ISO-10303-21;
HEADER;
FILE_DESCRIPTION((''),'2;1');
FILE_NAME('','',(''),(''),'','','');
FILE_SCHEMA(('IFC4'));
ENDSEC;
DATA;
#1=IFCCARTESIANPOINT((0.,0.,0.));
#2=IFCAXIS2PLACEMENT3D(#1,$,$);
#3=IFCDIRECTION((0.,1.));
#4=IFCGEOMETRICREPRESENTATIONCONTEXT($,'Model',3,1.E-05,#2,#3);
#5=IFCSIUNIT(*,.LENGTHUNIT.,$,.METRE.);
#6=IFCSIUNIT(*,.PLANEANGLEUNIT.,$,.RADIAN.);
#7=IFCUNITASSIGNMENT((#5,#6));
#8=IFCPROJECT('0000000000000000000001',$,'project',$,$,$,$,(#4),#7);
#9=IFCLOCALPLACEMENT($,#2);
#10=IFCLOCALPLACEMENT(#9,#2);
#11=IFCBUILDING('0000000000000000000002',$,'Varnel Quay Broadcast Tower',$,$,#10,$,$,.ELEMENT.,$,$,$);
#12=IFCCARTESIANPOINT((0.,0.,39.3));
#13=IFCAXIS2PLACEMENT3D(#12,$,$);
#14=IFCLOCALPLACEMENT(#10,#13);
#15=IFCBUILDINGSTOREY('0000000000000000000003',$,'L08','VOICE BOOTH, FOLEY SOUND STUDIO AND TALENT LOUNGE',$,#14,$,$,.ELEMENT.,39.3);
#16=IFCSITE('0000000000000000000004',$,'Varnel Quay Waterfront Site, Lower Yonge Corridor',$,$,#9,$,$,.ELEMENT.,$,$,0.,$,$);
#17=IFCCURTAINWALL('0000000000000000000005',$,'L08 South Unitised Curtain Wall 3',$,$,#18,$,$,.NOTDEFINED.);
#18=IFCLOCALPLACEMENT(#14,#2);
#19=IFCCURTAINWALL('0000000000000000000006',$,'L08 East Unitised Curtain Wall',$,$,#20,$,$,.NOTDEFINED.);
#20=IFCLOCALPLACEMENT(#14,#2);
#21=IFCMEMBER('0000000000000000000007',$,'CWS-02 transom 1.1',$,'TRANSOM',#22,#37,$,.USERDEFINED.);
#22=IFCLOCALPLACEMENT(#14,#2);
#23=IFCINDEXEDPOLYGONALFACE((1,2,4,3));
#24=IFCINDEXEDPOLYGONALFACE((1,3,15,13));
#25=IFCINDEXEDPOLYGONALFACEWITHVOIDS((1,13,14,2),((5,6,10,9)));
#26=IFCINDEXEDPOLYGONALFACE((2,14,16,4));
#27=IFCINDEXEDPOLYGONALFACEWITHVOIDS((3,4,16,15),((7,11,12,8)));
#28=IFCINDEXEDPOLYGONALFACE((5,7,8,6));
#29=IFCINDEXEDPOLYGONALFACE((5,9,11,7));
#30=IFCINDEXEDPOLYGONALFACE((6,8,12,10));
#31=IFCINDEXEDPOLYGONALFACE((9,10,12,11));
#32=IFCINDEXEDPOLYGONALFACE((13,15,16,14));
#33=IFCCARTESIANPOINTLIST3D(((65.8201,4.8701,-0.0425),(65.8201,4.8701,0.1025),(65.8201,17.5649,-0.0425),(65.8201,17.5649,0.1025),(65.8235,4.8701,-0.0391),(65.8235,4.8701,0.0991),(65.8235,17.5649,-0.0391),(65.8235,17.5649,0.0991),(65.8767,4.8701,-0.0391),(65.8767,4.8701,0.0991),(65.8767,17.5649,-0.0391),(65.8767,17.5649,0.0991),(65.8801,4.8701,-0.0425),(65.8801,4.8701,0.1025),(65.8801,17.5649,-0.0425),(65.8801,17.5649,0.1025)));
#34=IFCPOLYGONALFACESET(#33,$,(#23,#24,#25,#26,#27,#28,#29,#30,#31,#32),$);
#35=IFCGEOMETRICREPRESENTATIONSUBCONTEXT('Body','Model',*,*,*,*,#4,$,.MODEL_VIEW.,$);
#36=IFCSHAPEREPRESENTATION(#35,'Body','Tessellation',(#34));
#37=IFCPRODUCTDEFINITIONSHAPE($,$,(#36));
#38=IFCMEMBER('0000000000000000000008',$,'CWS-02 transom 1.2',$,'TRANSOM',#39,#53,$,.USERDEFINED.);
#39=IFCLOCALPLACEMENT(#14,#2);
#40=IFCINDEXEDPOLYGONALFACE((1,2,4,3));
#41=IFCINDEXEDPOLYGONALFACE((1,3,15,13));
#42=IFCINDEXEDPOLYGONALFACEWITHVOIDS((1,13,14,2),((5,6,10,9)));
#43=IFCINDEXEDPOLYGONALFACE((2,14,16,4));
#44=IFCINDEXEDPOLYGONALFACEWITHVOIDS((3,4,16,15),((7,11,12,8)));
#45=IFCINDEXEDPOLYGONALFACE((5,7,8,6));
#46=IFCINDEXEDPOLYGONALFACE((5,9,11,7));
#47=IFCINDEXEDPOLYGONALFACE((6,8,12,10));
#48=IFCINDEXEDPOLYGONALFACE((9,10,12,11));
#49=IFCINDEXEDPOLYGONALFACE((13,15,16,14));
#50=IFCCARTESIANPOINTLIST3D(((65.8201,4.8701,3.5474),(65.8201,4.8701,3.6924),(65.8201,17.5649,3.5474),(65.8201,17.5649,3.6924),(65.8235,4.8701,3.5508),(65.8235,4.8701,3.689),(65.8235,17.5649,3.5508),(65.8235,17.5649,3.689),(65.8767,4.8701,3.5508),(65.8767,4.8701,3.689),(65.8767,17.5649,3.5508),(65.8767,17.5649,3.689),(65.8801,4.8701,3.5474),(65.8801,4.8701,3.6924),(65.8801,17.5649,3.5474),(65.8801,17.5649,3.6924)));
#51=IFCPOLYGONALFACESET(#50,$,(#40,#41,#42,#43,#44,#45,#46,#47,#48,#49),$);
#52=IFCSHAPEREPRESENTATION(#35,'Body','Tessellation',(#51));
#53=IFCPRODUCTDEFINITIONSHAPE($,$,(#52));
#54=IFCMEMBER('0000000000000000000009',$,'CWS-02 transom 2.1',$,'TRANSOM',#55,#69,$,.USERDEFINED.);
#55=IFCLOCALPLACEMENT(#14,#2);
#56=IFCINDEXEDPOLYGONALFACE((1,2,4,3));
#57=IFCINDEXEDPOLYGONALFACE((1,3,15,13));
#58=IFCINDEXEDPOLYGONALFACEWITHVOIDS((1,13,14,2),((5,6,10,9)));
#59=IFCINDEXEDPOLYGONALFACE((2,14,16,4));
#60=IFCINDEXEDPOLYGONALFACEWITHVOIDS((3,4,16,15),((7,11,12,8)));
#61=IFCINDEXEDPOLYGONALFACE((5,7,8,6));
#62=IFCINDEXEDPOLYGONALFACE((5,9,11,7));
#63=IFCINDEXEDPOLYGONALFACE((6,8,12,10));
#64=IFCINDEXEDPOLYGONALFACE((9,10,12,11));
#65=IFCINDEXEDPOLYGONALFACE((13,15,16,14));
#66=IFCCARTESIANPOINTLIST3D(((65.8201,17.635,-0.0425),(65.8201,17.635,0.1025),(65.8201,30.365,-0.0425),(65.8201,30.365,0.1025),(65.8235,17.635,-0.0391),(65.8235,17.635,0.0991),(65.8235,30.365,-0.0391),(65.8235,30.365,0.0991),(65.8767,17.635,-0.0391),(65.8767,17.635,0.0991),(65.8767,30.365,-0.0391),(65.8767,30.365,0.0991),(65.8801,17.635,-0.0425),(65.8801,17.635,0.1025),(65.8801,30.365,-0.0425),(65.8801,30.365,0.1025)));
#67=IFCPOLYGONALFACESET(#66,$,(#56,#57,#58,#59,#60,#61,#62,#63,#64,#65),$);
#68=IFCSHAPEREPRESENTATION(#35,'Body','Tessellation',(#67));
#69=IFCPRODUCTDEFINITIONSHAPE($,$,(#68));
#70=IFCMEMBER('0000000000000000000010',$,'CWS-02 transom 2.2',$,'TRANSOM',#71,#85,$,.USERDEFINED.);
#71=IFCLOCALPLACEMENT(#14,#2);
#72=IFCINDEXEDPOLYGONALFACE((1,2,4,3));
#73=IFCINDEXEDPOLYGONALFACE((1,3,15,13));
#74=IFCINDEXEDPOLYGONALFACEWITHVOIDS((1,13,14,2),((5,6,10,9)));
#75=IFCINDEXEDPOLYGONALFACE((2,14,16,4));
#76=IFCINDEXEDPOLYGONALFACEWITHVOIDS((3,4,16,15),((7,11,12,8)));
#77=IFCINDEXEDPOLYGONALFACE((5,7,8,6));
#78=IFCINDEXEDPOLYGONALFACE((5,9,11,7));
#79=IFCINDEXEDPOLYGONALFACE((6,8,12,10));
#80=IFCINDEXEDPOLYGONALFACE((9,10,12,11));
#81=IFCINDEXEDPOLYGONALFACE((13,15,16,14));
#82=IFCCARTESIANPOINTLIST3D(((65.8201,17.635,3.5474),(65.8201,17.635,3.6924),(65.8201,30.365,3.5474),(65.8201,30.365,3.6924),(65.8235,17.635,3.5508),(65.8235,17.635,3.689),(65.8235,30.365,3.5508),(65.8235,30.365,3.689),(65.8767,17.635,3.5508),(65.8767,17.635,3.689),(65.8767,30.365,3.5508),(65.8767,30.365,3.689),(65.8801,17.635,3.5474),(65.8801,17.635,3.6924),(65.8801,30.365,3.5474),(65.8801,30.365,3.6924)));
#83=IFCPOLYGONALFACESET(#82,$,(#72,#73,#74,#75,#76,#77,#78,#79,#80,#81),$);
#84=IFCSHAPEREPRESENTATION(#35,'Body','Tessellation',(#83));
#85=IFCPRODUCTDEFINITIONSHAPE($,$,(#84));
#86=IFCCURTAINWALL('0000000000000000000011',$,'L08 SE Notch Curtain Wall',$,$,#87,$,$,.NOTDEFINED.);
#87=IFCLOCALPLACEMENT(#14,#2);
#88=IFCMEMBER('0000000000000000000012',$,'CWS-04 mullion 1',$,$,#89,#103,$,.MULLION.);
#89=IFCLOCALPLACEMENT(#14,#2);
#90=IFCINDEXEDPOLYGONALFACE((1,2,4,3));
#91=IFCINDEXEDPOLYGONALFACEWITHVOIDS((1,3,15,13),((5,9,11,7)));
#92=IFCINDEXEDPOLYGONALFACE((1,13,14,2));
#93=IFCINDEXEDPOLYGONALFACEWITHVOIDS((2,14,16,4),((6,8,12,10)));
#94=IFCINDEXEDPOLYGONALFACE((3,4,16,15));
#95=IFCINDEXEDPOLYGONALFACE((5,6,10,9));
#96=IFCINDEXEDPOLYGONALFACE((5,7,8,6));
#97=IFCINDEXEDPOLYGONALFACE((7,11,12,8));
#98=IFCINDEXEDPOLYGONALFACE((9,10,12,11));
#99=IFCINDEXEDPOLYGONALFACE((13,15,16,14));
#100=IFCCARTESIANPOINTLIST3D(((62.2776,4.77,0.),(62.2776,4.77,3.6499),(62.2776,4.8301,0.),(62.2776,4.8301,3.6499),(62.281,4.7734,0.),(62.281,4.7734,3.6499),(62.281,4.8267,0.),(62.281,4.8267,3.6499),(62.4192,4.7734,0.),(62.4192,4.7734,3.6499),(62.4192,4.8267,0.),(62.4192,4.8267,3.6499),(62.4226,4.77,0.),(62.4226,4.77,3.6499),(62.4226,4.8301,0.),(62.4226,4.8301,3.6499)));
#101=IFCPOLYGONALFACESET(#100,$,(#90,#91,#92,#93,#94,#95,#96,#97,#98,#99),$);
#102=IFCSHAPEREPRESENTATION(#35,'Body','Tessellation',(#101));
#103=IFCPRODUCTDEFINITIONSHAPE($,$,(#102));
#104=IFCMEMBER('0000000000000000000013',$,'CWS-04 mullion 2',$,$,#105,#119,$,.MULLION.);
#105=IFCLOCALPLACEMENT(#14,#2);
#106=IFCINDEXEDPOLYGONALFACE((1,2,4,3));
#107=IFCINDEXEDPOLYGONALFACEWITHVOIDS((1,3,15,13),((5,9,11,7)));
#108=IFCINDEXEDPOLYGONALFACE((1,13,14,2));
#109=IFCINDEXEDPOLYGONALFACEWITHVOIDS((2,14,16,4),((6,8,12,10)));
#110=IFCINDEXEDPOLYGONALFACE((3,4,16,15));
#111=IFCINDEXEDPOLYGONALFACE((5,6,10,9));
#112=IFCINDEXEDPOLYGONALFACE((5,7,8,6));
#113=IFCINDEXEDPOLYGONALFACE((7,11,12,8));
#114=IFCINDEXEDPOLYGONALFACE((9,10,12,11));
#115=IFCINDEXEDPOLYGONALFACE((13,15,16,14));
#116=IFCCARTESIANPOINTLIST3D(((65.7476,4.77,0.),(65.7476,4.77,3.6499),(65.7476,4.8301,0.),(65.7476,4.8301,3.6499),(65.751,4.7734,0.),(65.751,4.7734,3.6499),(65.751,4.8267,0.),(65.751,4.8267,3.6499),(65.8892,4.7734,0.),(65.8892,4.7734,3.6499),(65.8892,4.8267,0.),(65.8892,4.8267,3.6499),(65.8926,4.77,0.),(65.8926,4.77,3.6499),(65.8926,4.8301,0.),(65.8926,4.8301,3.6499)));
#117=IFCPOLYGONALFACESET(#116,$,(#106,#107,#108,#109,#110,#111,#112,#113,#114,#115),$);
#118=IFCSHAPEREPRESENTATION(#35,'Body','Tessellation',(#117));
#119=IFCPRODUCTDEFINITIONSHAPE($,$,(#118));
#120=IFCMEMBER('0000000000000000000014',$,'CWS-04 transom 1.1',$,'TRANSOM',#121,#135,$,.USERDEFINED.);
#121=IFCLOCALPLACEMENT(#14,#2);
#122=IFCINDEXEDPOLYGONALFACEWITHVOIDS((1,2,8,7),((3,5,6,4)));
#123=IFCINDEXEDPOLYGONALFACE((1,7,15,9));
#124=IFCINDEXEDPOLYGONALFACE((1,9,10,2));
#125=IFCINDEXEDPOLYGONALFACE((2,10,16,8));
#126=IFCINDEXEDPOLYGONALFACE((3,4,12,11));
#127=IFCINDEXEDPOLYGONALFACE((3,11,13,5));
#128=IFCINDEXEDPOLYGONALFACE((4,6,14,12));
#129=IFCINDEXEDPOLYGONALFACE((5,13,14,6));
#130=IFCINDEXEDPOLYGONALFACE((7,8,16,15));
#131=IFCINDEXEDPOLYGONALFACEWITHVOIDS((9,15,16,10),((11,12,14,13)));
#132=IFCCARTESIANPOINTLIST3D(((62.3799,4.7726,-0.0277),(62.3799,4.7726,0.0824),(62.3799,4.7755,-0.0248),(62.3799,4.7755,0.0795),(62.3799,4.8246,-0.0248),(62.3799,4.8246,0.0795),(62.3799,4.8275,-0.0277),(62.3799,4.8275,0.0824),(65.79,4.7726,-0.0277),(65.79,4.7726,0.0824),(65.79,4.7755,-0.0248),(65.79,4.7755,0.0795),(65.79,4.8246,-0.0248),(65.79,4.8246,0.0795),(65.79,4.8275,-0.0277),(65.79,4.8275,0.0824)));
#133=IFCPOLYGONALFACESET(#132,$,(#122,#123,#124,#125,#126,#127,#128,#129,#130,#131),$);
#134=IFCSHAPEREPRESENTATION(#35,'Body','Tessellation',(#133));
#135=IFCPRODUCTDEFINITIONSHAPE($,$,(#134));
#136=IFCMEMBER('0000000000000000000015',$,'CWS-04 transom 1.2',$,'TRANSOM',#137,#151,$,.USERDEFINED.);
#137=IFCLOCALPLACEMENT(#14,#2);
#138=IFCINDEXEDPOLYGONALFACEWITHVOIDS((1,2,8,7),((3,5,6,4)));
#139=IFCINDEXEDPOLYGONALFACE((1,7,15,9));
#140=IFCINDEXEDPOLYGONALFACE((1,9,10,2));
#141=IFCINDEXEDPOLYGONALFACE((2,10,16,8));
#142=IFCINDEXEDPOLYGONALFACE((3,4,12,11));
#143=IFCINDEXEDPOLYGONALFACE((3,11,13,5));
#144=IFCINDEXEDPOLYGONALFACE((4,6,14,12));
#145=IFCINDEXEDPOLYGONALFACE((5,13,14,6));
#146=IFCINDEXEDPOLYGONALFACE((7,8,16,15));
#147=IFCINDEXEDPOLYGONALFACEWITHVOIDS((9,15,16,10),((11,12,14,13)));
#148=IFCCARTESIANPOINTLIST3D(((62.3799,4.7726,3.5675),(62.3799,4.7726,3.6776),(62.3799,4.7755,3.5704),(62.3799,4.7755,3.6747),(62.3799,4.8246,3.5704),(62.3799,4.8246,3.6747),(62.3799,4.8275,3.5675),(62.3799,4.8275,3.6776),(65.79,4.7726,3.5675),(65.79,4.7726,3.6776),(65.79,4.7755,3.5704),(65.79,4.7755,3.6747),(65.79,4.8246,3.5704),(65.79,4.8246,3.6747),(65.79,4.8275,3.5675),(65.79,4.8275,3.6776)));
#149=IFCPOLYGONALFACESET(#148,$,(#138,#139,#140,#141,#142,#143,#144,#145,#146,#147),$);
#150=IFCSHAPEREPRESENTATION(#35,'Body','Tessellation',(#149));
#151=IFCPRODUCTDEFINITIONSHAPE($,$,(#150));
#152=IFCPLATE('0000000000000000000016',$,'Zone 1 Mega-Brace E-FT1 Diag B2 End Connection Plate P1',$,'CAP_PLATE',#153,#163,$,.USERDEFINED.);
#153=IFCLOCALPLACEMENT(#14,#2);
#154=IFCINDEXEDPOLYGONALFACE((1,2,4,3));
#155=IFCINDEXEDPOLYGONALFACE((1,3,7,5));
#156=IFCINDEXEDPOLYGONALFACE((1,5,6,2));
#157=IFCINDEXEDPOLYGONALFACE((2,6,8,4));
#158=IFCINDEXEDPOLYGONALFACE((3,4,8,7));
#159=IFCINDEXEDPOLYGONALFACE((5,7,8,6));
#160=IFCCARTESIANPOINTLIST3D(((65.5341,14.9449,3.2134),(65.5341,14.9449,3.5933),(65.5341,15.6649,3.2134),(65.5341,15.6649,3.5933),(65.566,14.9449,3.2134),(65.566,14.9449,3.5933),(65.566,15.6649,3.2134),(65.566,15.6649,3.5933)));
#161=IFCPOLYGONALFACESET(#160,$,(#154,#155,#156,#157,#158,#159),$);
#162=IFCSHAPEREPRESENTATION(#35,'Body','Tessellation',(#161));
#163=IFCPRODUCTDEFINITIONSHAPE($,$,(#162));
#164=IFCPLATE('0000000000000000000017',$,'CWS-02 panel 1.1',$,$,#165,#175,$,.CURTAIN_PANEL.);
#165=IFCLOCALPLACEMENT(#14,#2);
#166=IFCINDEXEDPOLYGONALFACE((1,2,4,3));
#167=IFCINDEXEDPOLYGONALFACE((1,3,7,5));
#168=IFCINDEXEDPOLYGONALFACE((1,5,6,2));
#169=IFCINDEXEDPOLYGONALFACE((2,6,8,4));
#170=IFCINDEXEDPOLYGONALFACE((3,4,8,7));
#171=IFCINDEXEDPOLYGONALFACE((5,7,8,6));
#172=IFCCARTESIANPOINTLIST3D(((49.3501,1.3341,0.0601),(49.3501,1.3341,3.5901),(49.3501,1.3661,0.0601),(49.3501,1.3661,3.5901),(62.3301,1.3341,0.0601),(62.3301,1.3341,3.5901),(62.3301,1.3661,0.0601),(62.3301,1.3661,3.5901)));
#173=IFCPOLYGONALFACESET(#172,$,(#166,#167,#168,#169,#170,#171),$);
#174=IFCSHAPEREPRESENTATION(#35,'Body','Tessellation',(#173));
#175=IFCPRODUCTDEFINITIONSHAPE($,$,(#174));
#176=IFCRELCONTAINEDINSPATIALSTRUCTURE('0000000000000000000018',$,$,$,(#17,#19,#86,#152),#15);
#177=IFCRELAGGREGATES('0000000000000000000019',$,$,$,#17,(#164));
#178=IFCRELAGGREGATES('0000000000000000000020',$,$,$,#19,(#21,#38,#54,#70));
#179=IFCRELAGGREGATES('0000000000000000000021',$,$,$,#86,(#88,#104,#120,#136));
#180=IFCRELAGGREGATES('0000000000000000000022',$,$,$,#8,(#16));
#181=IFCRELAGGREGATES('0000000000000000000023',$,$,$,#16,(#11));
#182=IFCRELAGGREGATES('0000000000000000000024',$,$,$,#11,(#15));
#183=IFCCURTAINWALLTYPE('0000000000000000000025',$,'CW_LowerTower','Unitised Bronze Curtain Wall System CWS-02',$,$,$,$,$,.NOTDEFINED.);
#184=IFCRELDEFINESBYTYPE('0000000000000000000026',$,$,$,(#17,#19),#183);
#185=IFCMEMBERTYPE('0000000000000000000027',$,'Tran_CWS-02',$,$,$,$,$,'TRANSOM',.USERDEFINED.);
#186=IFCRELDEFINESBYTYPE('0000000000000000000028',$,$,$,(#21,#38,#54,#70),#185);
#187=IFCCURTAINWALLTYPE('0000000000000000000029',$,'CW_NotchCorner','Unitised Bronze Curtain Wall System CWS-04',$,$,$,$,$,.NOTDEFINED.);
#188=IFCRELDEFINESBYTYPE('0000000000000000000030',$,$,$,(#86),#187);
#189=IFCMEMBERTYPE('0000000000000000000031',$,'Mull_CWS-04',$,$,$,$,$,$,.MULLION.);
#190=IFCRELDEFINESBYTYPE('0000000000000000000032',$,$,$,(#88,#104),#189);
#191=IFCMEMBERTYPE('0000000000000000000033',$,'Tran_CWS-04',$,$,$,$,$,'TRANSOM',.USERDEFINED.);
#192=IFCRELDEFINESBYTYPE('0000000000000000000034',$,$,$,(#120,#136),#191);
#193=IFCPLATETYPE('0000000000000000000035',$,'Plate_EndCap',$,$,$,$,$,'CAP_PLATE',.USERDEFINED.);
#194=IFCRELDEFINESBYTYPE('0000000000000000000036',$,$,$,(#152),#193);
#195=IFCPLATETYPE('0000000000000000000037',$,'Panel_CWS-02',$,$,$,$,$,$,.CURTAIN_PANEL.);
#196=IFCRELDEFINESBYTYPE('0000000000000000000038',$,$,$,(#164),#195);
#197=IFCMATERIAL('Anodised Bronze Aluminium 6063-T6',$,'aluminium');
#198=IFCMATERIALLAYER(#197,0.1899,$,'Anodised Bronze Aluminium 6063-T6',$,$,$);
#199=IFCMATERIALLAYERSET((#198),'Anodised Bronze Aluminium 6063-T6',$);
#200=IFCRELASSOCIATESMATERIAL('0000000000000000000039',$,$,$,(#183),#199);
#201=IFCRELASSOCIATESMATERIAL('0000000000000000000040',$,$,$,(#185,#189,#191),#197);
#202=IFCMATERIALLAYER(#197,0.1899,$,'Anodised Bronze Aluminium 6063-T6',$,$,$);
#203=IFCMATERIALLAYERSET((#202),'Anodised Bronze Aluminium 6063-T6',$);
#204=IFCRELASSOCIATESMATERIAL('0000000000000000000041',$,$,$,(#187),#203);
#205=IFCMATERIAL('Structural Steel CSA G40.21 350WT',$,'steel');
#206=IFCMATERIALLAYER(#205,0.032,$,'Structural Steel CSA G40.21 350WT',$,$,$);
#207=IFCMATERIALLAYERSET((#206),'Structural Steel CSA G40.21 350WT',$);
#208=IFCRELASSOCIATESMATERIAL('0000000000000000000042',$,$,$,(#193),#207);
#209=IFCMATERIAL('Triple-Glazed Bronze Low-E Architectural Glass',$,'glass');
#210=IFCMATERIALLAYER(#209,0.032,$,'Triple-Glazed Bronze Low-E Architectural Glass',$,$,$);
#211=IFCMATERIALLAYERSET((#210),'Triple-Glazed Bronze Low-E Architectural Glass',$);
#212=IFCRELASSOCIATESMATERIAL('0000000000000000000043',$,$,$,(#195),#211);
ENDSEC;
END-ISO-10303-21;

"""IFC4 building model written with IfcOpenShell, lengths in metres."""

from ifc_helpers import new_model, si_unit, direction, frame, origin, origin_2d, place, context, subcontext, project, spatial, rectangle, hollow_rectangle, extrude, source, transform, mapped, material, layer, layer_set, material_profile, profile_set, type_object, type_shapes, element, aggregate, save


model = new_model("IFC4")

# Units and contexts
model_context = context("Model", 3, precision=1e-05, world=origin(), true_north=direction((0.0, 1.0)))
body_context = subcontext(model_context, "Body", "Model", "MODEL_VIEW")
ifc_project = project(units=[si_unit("LENGTHUNIT", "METRE"), si_unit("PLANEANGLEUNIT", "RADIAN")], contexts=[model_context])

# Site, building, storey
site_placement = place(None, origin())
site = spatial("IfcSite", under=ifc_project, at=site_placement, Name="Varnel Quay Waterfront Site, Lower Yonge Corridor", CompositionType="ELEMENT", RefElevation=0.0)
building_placement = place(site_placement, origin())
building = spatial("IfcBuilding", under=site, at=building_placement, Name="Varnel Quay Broadcast Tower", CompositionType="ELEMENT")
storey_placement = place(building_placement, frame((0.0, 0.0, 39.3)))
storey = spatial("IfcBuildingStorey", under=building, at=storey_placement, Name="L08", Description="VOICE BOOTH, FOLEY SOUND STUDIO AND TALENT LOUNGE", CompositionType="ELEMENT", Elevation=39.3)

# Shared definitions
ifc_material_1 = material(Name="Structural Steel CSA G40.21 350WT", Category="steel")

# Curtain wall
ifc_material_2 = material(Name="Anodised Bronze Aluminium 6063-T6", Category="aluminium")
ifc_layer_1 = layer(ifc_material_2, 0.1899, Name="Anodised Bronze Aluminium 6063-T6")
ifc_layer_set_1 = layer_set([ifc_layer_1], Name="Anodised Bronze Aluminium 6063-T6")
curtain_wall_type_1 = type_object("IfcCurtainWallType", Name="CW_LowerTower", Description="Unitised Bronze Curtain Wall System CWS-02", PredefinedType="NOTDEFINED", material=ifc_layer_set_1)
curtain_wall_1_placement = place(storey_placement, origin())
curtain_wall_1 = element("IfcCurtainWall", 1, at=curtain_wall_1_placement, inside=storey, type_object=curtain_wall_type_1, Name="L08 South Unitised Curtain Wall 3", PredefinedType="NOTDEFINED")

# Curtain wall
curtain_wall_2_placement = place(storey_placement, origin())
curtain_wall_2 = element("IfcCurtainWall", 2, at=curtain_wall_2_placement, inside=storey, type_object=curtain_wall_type_1, Name="L08 East Unitised Curtain Wall", PredefinedType="NOTDEFINED")

# Members
ifc_material_profile_1 = material_profile(ifc_material_2, hollow_rectangle(XDim=0.0601, YDim=0.145, WallThickness=0.0034, at=origin_2d()), Name="ALU60X145X3.5")
ifc_profile_set_1 = profile_set([ifc_material_profile_1], Name="Anodised Bronze Aluminium 6063-T6")
member_type_1 = type_object("IfcMemberType", Name="Tran_CWS-02", ElementType="TRANSOM", PredefinedType="USERDEFINED", material=ifc_profile_set_1)
shared_shape_1 = source(origin(), body_context, "Body", "SweptSolid", [
    extrude(hollow_rectangle(XDim=0.0601, YDim=0.145, WallThickness=0.0034, at=origin_2d()), origin(), (0.0, 0.0, 1.0), 12.6948),
])
member_1_placement = place(storey_placement, frame((65.8501, 4.8701, 0.03), z_axis=(0.0, 1.0, 0.0), x_axis=(-1.0, 0.0, 0.0)))
member_1 = element("IfcMember", 3, at=member_1_placement, type_object=member_type_1, Name="CWS-02 transom 1.1", ObjectType="TRANSOM", PredefinedType="USERDEFINED", context=body_context, shape_type="MappedRepresentation", body=[
    mapped(shared_shape_1, transform((0.0, 0.0, 0.0), x_axis=(1.0, 0.0, 0.0), y_axis=(0.0, 1.0, 0.0), z_axis=(0.0, 0.0, 1.0), scale=1.0)),
])
member_2_placement = place(storey_placement, frame((65.8501, 4.8701, 3.6199), z_axis=(0.0, 1.0, 0.0), x_axis=(-1.0, 0.0, 0.0)))
member_2 = element("IfcMember", 4, at=member_2_placement, type_object=member_type_1, Name="CWS-02 transom 1.2", ObjectType="TRANSOM", PredefinedType="USERDEFINED", context=body_context, shape_type="MappedRepresentation", body=[
    mapped(shared_shape_1, transform((0.0, 0.0, 0.0), x_axis=(1.0, 0.0, 0.0), y_axis=(0.0, 1.0, 0.0), z_axis=(0.0, 0.0, 1.0), scale=1.0)),
])
shared_shape_2 = source(origin(), body_context, "Body", "SweptSolid", [
    extrude(hollow_rectangle(XDim=0.0601, YDim=0.145, WallThickness=0.0034, at=origin_2d()), origin(), (0.0, 0.0, 1.0), 12.73),
])
member_3_placement = place(storey_placement, frame((65.8501, 17.635, 0.03), z_axis=(0.0, 1.0, 0.0), x_axis=(-1.0, 0.0, 0.0)))
member_3 = element("IfcMember", 5, at=member_3_placement, type_object=member_type_1, Name="CWS-02 transom 2.1", ObjectType="TRANSOM", PredefinedType="USERDEFINED", context=body_context, shape_type="MappedRepresentation", body=[
    mapped(shared_shape_2, transform((0.0, 0.0, 0.0), x_axis=(1.0, 0.0, 0.0), y_axis=(0.0, 1.0, 0.0), z_axis=(0.0, 0.0, 1.0), scale=1.0)),
])
member_4_placement = place(storey_placement, frame((65.8501, 17.635, 3.6199), z_axis=(0.0, 1.0, 0.0), x_axis=(-1.0, 0.0, 0.0)))
member_4 = element("IfcMember", 6, at=member_4_placement, type_object=member_type_1, Name="CWS-02 transom 2.2", ObjectType="TRANSOM", PredefinedType="USERDEFINED", context=body_context, shape_type="MappedRepresentation", body=[
    mapped(shared_shape_2, transform((0.0, 0.0, 0.0), x_axis=(1.0, 0.0, 0.0), y_axis=(0.0, 1.0, 0.0), z_axis=(0.0, 0.0, 1.0), scale=1.0)),
])

# Curtain wall, members
ifc_layer_2 = layer(ifc_material_2, 0.1899, Name="Anodised Bronze Aluminium 6063-T6")
ifc_layer_set_2 = layer_set([ifc_layer_2], Name="Anodised Bronze Aluminium 6063-T6")
curtain_wall_type_2 = type_object("IfcCurtainWallType", Name="CW_NotchCorner", Description="Unitised Bronze Curtain Wall System CWS-04", PredefinedType="NOTDEFINED", material=ifc_layer_set_2)
curtain_wall_3_placement = place(storey_placement, origin())
curtain_wall_3 = element("IfcCurtainWall", 7, at=curtain_wall_3_placement, inside=storey, type_object=curtain_wall_type_2, Name="L08 SE Notch Curtain Wall", PredefinedType="NOTDEFINED")
ifc_material_profile_2 = material_profile(ifc_material_2, hollow_rectangle(XDim=0.0601, YDim=0.145, WallThickness=0.0034, at=origin_2d()), Name="ALU60X145X3.5")
ifc_profile_set_2 = profile_set([ifc_material_profile_2], Name="Anodised Bronze Aluminium 6063-T6")
member_type_2 = type_object("IfcMemberType", Name="Mull_CWS-04", PredefinedType="MULLION", material=ifc_profile_set_2)
shared_shape_3 = source(origin(), body_context, "Body", "SweptSolid", [
    extrude(hollow_rectangle(XDim=0.0601, YDim=0.145, WallThickness=0.0034, at=origin_2d()), origin(), (0.0, 0.0, 1.0), 3.6499),
])
type_shapes(member_type_2, [shared_shape_3])
member_5_placement = place(storey_placement, frame((62.3501, 4.8, 0.0), z_axis=(0.0, 0.0, 1.0), x_axis=(0.0, 1.0, 0.0)))
member_5 = element("IfcMember", 8, at=member_5_placement, type_object=member_type_2, Name="CWS-04 mullion 1", PredefinedType="MULLION", context=body_context, shape_type="MappedRepresentation", body=[
    mapped(shared_shape_3, transform((0.0, 0.0, 0.0), x_axis=(1.0, 0.0, 0.0), y_axis=(0.0, 1.0, 0.0), z_axis=(0.0, 0.0, 1.0), scale=1.0)),
])
member_6_placement = place(storey_placement, frame((65.8201, 4.8, 0.0), z_axis=(0.0, 0.0, 1.0), x_axis=(0.0, 1.0, 0.0)))
member_6 = element("IfcMember", 9, at=member_6_placement, type_object=member_type_2, Name="CWS-04 mullion 2", PredefinedType="MULLION", context=body_context, shape_type="MappedRepresentation", body=[
    mapped(shared_shape_3, transform((0.0, 0.0, 0.0), x_axis=(1.0, 0.0, 0.0), y_axis=(0.0, 1.0, 0.0), z_axis=(0.0, 0.0, 1.0), scale=1.0)),
])
ifc_material_profile_3 = material_profile(ifc_material_2, hollow_rectangle(XDim=0.0549, YDim=0.1101, WallThickness=0.0029, at=origin_2d()), Name="ALU55X110X3")
ifc_profile_set_3 = profile_set([ifc_material_profile_3], Name="Anodised Bronze Aluminium 6063-T6")
member_type_3 = type_object("IfcMemberType", Name="Tran_CWS-04", ElementType="TRANSOM", PredefinedType="USERDEFINED", material=ifc_profile_set_3)
shared_shape_4 = source(origin(), body_context, "Body", "SweptSolid", [
    extrude(hollow_rectangle(XDim=0.0549, YDim=0.1101, WallThickness=0.0029, at=origin_2d()), origin(), (0.0, 0.0, 1.0), 3.4102),
])
type_shapes(member_type_3, [shared_shape_4])
member_7_placement = place(storey_placement, frame((62.3799, 4.8, 0.0273), z_axis=(1.0, 0.0, 0.0), x_axis=(0.0, 1.0, 0.0)))
member_7 = element("IfcMember", 10, at=member_7_placement, type_object=member_type_3, Name="CWS-04 transom 1.1", ObjectType="TRANSOM", PredefinedType="USERDEFINED", context=body_context, shape_type="MappedRepresentation", body=[
    mapped(shared_shape_4, transform((0.0, 0.0, 0.0), x_axis=(1.0, 0.0, 0.0), y_axis=(0.0, 1.0, 0.0), z_axis=(0.0, 0.0, 1.0), scale=1.0)),
])
member_8_placement = place(storey_placement, frame((62.3799, 4.8, 3.6226), z_axis=(1.0, 0.0, 0.0), x_axis=(0.0, 1.0, 0.0)))
member_8 = element("IfcMember", 11, at=member_8_placement, type_object=member_type_3, Name="CWS-04 transom 1.2", ObjectType="TRANSOM", PredefinedType="USERDEFINED", context=body_context, shape_type="MappedRepresentation", body=[
    mapped(shared_shape_4, transform((0.0, 0.0, 0.0), x_axis=(1.0, 0.0, 0.0), y_axis=(0.0, 1.0, 0.0), z_axis=(0.0, 0.0, 1.0), scale=1.0)),
])

# Plates
ifc_layer_3 = layer(ifc_material_1, 0.032, Name="Structural Steel CSA G40.21 350WT")
ifc_layer_set_3 = layer_set([ifc_layer_3], Name="Structural Steel CSA G40.21 350WT")
plate_type_1 = type_object("IfcPlateType", Name="Plate_EndCap", ElementType="CAP_PLATE", PredefinedType="USERDEFINED", material=ifc_layer_set_3)
shared_shape_5 = source(origin(), body_context, "Body", "SweptSolid", [
    extrude(rectangle(XDim=0.72, YDim=0.032, at=origin_2d()), origin(), (0.0, 0.0, 1.0), 0.3799),
])
type_shapes(plate_type_1, [shared_shape_5])
plate_1_placement = place(storey_placement, frame((65.55, 15.3049, 3.2134), z_axis=(0.0, 0.0, 1.0), x_axis=(0.0, 1.0, 0.0)))
element("IfcPlate", 12, at=plate_1_placement, inside=storey, type_object=plate_type_1, Name="Zone 1 Mega-Brace E-FT1 Diag B2 End Connection Plate P1", ObjectType="CAP_PLATE", PredefinedType="USERDEFINED", context=body_context, shape_type="MappedRepresentation", body=[
    mapped(shared_shape_5, transform((0.0, 0.0, 0.0), x_axis=(1.0, 0.0, 0.0), y_axis=(0.0, 1.0, 0.0), z_axis=(0.0, 0.0, 1.0), scale=1.0)),
])
ifc_material_3 = material(Name="Triple-Glazed Bronze Low-E Architectural Glass", Category="glass")
ifc_layer_4 = layer(ifc_material_3, 0.032, Name="Triple-Glazed Bronze Low-E Architectural Glass")
ifc_layer_set_4 = layer_set([ifc_layer_4], Name="Triple-Glazed Bronze Low-E Architectural Glass")
plate_type_2 = type_object("IfcPlateType", Name="Panel_CWS-02", PredefinedType="CURTAIN_PANEL", material=ifc_layer_set_4)
shared_shape_6 = source(origin(), body_context, "Body", "SweptSolid", [
    extrude(rectangle(XDim=12.98, YDim=0.032, at=origin_2d()), origin(), (0.0, 0.0, 1.0), 3.53),
])
type_shapes(plate_type_2, [shared_shape_6])
plate_2_placement = place(storey_placement, frame((55.8401, 1.3501, 0.0601), z_axis=(0.0, 0.0, 1.0), x_axis=(1.0, 0.0, 0.0)))
plate_2 = element("IfcPlate", 13, at=plate_2_placement, type_object=plate_type_2, Name="CWS-02 panel 1.1", PredefinedType="CURTAIN_PANEL", context=body_context, shape_type="MappedRepresentation", body=[
    mapped(shared_shape_6, transform((0.0, 0.0, 0.0), x_axis=(1.0, 0.0, 0.0), y_axis=(0.0, 1.0, 0.0), z_axis=(0.0, 0.0, 1.0), scale=1.0)),
])
aggregate(curtain_wall_1, [plate_2])
aggregate(curtain_wall_2, [member_1, member_2, member_3, member_4])
aggregate(curtain_wall_3, [member_5, member_6, member_7, member_8])

save(model, "model.ifc")
